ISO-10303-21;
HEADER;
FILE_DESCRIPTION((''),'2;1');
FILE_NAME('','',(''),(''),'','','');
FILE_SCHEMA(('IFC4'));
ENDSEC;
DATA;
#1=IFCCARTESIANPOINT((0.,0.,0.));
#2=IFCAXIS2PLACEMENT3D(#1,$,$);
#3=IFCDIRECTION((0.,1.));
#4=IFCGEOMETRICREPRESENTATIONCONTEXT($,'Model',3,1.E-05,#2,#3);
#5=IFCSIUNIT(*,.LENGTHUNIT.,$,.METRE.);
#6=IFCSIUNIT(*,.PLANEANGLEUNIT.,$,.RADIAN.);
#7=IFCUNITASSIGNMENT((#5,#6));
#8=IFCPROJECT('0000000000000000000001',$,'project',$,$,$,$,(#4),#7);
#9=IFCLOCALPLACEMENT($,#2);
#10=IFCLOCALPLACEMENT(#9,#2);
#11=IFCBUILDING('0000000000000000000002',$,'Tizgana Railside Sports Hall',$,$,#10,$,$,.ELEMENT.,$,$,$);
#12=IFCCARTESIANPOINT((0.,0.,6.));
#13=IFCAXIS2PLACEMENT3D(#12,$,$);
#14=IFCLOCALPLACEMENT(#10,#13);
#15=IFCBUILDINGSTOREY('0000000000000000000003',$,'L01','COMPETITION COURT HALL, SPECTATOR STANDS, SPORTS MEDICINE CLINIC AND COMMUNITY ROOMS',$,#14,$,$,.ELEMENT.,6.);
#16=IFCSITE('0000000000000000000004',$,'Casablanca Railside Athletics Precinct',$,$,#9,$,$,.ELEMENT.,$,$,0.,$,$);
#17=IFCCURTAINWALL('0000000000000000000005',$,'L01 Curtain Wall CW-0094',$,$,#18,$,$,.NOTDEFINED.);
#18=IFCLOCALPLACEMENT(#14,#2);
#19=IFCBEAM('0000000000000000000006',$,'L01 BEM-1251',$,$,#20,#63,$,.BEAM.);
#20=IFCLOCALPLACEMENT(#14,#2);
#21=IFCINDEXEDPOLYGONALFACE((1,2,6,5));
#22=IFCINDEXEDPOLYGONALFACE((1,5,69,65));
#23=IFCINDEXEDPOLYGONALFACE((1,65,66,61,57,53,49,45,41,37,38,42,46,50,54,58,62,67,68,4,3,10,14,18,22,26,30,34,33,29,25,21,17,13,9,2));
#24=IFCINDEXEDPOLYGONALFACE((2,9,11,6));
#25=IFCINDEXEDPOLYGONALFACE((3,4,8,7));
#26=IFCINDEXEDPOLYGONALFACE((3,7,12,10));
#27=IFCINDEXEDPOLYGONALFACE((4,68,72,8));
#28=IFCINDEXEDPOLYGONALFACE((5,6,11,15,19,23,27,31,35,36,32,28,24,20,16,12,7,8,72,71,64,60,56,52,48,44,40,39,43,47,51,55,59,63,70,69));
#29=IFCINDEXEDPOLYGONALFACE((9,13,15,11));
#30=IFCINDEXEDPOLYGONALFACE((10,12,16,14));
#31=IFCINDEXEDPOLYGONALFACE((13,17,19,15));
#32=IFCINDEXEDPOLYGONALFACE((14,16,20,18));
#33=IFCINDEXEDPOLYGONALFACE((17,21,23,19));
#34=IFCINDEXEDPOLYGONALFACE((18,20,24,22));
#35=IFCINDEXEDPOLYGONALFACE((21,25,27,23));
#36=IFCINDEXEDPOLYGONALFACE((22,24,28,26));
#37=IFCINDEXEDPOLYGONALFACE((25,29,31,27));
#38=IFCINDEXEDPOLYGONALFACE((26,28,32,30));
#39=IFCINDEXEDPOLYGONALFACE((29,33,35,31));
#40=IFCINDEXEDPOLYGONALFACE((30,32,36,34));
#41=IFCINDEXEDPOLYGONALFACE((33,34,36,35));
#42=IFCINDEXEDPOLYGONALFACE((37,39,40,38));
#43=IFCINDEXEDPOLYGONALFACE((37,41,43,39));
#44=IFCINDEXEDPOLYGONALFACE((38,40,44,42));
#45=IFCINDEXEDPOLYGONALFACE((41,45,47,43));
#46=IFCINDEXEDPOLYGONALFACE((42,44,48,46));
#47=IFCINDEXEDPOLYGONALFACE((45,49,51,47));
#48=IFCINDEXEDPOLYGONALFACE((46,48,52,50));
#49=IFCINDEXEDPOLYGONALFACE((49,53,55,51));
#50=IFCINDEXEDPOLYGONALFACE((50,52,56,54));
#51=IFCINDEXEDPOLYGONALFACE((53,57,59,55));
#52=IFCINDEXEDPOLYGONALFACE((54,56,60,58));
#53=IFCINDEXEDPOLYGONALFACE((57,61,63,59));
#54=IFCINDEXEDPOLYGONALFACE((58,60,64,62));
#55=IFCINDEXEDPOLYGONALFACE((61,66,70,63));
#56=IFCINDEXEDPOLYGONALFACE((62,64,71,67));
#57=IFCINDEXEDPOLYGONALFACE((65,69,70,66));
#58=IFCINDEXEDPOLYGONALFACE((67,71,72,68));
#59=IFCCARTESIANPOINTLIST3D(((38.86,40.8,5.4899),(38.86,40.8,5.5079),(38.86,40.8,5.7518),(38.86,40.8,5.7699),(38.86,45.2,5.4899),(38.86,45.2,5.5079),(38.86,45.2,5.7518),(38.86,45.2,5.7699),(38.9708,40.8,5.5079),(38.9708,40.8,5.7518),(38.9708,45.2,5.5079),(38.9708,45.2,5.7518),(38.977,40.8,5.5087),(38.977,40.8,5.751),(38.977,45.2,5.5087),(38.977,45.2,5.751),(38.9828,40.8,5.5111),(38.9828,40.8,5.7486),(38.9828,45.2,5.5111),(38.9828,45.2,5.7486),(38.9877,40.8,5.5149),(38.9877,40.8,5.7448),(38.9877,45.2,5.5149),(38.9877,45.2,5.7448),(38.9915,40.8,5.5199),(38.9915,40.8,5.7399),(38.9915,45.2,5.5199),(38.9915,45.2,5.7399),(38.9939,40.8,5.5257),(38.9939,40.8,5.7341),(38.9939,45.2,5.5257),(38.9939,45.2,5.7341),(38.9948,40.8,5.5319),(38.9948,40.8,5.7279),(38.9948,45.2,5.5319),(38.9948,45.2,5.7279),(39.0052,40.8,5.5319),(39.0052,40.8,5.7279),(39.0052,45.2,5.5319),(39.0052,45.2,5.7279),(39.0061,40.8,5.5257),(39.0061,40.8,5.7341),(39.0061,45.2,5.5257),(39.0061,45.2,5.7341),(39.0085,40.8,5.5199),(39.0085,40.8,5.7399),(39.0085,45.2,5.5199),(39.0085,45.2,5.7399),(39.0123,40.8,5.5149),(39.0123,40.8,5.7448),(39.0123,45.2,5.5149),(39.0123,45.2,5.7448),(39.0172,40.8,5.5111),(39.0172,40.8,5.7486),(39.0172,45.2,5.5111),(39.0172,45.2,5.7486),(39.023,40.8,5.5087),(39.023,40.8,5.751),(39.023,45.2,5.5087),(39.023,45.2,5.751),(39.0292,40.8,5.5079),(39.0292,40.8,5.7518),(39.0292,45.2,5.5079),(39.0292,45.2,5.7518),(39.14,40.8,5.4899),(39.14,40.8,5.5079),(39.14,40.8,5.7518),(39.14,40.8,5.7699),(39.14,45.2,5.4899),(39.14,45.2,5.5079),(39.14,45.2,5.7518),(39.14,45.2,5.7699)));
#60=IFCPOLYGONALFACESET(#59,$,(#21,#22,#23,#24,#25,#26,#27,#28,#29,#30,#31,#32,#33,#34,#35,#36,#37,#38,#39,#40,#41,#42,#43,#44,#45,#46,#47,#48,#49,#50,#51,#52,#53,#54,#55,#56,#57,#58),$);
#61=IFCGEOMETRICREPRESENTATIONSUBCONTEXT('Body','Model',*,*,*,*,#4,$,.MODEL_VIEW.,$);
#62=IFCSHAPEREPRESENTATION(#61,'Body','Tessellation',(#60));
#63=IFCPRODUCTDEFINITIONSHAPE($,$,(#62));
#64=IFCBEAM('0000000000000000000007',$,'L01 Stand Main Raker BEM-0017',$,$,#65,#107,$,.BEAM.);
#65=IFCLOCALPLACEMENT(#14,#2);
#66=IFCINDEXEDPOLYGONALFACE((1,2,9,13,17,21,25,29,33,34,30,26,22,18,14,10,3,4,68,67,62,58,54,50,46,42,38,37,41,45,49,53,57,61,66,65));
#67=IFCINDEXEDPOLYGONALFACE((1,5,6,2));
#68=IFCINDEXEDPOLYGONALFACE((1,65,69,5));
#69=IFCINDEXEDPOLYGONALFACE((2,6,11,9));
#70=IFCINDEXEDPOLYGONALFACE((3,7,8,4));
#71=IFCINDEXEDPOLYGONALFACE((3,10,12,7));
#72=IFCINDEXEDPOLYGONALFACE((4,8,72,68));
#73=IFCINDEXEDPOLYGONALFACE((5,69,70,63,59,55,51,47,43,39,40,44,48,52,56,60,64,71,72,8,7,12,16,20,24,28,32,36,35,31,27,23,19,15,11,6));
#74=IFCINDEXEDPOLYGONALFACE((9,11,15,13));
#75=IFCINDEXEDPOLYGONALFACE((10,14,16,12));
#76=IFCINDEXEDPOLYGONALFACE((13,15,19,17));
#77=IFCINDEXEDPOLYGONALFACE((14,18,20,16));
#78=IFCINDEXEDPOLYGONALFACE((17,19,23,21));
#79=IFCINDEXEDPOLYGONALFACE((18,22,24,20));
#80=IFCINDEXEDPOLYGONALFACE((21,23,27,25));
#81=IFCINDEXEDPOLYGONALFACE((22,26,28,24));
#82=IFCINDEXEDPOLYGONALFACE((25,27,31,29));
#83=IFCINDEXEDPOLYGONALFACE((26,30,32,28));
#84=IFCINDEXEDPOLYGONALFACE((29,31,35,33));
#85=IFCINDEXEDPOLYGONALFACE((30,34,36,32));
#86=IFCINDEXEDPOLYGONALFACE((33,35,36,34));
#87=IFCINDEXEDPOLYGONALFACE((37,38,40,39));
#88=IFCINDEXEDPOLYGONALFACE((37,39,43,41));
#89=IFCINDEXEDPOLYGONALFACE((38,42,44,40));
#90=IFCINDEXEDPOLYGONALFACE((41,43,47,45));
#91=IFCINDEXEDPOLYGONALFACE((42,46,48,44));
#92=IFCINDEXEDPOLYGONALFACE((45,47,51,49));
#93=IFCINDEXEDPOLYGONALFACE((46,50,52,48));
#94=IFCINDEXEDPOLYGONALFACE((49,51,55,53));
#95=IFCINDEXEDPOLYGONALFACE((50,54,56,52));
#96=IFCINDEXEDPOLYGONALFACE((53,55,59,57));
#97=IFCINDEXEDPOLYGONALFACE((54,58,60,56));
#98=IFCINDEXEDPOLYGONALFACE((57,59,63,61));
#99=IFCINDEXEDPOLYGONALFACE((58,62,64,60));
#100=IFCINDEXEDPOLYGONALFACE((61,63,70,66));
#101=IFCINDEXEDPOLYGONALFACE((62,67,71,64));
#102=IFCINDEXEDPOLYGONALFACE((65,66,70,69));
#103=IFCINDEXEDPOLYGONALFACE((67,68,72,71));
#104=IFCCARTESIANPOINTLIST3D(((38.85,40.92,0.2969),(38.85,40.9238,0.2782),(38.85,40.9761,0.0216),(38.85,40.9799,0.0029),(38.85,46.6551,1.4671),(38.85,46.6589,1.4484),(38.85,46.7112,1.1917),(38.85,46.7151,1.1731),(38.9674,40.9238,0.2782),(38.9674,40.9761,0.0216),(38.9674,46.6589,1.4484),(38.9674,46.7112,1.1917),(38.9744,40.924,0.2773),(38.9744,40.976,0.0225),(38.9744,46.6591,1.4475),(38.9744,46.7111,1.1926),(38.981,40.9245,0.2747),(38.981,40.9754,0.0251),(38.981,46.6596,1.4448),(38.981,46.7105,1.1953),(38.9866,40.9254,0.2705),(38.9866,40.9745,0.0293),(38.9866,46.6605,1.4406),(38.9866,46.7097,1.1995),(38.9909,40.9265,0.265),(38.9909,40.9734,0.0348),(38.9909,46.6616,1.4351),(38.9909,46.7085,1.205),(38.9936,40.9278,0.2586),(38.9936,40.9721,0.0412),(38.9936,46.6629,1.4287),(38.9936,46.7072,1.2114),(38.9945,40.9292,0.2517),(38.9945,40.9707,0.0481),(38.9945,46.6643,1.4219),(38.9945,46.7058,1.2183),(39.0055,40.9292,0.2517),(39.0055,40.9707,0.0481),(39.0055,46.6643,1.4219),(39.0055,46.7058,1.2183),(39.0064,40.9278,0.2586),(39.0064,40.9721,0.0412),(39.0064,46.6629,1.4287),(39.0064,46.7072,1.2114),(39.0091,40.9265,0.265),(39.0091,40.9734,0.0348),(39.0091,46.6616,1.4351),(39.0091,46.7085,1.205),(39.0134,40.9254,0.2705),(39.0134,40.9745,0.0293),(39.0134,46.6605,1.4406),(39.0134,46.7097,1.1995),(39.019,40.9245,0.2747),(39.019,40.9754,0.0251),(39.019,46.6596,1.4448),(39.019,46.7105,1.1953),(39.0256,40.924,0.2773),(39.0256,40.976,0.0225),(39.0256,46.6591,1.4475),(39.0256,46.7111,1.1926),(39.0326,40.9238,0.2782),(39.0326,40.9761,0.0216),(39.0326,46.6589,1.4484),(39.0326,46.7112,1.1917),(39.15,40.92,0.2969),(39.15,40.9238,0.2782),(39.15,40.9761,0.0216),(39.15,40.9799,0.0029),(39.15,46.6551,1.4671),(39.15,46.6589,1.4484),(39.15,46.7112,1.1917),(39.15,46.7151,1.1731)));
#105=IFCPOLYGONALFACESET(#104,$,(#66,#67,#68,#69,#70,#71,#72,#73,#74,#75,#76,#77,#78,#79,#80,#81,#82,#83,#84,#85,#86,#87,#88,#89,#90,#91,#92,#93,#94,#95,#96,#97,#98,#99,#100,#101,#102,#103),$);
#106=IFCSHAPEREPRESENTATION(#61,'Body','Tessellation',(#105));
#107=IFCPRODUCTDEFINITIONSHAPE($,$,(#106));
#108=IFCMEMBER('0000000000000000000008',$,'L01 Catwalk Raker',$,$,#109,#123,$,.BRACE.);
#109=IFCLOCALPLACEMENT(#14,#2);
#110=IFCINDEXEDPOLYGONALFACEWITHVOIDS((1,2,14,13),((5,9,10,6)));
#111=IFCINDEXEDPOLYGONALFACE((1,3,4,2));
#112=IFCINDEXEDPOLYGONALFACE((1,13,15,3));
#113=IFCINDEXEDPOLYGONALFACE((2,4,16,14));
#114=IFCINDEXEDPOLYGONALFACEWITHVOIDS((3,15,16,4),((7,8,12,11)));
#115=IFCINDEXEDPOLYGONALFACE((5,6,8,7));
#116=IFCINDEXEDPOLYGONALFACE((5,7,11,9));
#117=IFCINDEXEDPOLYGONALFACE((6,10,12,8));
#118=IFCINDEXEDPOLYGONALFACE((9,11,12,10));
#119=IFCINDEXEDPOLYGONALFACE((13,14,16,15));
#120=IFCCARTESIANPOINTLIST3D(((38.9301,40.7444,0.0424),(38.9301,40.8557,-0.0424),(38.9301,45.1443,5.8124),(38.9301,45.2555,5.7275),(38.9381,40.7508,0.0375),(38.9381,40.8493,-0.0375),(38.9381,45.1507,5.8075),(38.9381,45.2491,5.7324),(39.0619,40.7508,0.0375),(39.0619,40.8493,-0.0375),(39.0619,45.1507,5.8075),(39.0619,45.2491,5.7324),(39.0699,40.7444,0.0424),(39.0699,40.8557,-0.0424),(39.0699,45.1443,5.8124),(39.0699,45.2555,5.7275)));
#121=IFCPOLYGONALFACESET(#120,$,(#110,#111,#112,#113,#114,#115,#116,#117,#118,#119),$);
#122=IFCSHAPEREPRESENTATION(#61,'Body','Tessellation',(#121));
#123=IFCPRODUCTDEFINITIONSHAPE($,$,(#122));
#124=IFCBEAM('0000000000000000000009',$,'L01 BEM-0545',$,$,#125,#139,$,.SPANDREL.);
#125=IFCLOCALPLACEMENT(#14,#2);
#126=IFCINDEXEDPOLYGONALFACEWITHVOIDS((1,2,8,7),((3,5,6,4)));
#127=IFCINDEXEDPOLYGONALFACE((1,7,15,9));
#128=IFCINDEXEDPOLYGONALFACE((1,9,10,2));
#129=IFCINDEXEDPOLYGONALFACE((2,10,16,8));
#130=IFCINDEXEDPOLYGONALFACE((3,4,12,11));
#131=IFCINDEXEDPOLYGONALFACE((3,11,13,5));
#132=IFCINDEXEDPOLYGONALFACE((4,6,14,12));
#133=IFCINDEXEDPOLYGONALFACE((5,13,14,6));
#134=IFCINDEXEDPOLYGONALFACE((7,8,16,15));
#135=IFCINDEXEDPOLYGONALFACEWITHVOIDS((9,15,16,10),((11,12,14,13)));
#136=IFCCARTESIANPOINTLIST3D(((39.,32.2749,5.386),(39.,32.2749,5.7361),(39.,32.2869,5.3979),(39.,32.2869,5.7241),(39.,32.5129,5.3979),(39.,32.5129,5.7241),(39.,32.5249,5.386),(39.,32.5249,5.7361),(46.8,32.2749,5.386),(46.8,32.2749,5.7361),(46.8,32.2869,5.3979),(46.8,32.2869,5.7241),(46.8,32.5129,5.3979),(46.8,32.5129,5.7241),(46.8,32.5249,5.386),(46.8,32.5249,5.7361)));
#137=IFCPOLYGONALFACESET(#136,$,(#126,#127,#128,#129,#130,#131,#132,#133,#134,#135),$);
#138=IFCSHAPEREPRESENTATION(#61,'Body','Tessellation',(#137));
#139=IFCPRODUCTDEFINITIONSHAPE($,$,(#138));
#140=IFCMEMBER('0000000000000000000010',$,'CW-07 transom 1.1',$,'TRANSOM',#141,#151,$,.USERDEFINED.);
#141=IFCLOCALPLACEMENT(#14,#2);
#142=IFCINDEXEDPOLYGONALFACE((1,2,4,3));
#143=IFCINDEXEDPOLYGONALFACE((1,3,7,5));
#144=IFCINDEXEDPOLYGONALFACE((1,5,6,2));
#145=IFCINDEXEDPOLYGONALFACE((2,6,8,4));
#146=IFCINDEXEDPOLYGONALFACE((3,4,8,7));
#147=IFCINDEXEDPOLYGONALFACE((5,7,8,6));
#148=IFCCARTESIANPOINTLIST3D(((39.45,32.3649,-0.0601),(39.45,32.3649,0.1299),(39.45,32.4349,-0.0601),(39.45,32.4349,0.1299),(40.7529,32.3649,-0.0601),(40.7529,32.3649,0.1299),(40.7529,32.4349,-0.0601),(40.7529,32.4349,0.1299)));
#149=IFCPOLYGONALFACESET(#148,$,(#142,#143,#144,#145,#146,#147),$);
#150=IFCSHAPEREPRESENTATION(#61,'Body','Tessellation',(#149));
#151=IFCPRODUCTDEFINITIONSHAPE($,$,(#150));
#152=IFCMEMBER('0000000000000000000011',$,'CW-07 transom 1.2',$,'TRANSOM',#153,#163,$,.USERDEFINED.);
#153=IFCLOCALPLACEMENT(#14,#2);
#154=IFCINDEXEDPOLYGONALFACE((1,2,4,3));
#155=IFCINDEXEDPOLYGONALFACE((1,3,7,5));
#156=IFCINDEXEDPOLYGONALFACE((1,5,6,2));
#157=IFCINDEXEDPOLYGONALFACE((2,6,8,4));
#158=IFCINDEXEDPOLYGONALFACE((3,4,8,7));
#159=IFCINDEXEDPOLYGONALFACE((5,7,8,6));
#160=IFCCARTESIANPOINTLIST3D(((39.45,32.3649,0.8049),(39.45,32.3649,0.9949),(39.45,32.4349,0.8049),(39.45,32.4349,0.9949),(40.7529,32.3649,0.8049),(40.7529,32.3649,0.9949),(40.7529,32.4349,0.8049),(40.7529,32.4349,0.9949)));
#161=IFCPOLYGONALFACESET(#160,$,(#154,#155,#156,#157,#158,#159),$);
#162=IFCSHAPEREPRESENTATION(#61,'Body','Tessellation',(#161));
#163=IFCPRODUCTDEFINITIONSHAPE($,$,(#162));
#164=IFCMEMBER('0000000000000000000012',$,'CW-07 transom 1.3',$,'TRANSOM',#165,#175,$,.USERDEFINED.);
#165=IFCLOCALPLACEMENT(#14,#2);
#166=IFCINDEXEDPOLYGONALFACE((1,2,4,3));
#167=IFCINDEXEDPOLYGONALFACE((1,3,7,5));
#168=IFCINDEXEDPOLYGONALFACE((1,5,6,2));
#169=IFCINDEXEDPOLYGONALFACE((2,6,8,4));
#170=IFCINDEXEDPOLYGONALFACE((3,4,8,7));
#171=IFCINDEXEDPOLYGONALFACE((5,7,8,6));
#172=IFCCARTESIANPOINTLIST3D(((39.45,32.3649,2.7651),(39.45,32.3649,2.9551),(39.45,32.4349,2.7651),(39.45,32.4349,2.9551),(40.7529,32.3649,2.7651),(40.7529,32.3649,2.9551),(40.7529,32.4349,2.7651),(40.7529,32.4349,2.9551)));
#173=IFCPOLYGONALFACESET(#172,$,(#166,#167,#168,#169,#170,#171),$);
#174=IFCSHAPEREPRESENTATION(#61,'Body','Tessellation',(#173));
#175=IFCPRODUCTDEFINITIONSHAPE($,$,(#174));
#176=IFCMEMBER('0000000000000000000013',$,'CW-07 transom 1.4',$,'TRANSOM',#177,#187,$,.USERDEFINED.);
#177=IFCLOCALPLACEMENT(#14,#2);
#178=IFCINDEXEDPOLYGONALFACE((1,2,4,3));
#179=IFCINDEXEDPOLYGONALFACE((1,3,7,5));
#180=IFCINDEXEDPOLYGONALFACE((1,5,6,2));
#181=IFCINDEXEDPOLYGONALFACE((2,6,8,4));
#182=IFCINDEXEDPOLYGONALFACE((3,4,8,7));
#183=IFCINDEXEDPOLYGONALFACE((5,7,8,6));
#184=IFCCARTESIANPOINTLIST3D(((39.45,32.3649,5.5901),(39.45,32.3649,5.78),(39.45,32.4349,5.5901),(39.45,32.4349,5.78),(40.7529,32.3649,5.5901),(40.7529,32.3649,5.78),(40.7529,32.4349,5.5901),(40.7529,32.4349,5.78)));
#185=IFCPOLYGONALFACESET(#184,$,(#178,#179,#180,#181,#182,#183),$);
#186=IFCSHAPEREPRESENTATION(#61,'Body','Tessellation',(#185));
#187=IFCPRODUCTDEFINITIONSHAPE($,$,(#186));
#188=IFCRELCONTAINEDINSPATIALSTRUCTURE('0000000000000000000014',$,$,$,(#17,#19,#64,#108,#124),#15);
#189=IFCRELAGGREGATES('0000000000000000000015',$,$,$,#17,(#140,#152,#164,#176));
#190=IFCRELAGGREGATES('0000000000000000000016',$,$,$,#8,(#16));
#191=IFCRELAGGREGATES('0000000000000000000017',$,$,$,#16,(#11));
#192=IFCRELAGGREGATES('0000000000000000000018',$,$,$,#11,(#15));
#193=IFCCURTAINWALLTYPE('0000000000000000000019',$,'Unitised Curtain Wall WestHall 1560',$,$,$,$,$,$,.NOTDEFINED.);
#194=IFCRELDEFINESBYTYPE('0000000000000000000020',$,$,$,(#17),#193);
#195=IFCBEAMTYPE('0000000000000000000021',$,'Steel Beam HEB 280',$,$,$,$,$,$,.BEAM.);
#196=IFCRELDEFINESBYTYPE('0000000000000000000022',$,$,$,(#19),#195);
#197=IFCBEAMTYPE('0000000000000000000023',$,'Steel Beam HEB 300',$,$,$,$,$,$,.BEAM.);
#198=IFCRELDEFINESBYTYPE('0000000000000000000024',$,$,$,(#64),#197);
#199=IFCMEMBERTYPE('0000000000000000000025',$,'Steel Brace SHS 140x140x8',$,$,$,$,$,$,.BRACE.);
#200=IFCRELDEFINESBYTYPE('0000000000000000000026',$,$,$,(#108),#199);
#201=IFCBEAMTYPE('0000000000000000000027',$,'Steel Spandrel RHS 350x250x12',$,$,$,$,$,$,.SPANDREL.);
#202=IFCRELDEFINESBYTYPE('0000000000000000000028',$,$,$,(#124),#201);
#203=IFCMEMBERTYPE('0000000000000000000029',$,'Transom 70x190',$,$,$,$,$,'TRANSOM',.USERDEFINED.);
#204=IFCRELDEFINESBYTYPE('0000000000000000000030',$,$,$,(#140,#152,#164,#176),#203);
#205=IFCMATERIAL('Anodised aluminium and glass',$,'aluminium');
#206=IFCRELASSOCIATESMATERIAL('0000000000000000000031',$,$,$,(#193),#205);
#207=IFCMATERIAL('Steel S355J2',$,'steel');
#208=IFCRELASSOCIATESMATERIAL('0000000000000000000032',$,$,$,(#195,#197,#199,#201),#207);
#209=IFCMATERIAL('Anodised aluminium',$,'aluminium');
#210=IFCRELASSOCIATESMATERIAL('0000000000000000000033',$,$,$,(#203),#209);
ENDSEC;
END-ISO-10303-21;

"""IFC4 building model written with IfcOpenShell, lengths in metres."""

from ifc_helpers import new_model, si_unit, direction, frame, origin, origin_2d, place, context, subcontext, project, spatial, rectangle, hollow_rectangle, i_section, extrude, material, material_profile, profile_set, type_object, element, aggregate, save


model = new_model("IFC4")

# Units and contexts
model_context = context("Model", 3, precision=1e-05, world=origin(), true_north=direction((0.0, 1.0)))
body_context = subcontext(model_context, "Body", "Model", "MODEL_VIEW")
ifc_project = project(units=[si_unit("LENGTHUNIT", "METRE"), si_unit("PLANEANGLEUNIT", "RADIAN")], contexts=[model_context])

# Site, building, storey
site_placement = place(None, origin())
site = spatial("IfcSite", under=ifc_project, at=site_placement, Name="Casablanca Railside Athletics Precinct", CompositionType="ELEMENT", RefElevation=0.0)
building_placement = place(site_placement, origin())
building = spatial("IfcBuilding", under=site, at=building_placement, Name="Tizgana Railside Sports Hall", CompositionType="ELEMENT")
storey_placement = place(building_placement, frame((0.0, 0.0, 6.0)))
storey = spatial("IfcBuildingStorey", under=building, at=storey_placement, Name="L01", Description="COMPETITION COURT HALL, SPECTATOR STANDS, SPORTS MEDICINE CLINIC AND COMMUNITY ROOMS", CompositionType="ELEMENT", Elevation=6.0)

# Curtain wall
ifc_material_1 = material(Name="Anodised aluminium and glass", Category="aluminium")
curtain_wall_type = type_object("IfcCurtainWallType", Name="Unitised Curtain Wall WestHall 1560", PredefinedType="NOTDEFINED", material=ifc_material_1)
curtain_wall_placement = place(storey_placement, origin())
curtain_wall = element("IfcCurtainWall", 1, at=curtain_wall_placement, inside=storey, type_object=curtain_wall_type, Name="L01 Curtain Wall CW-0094", PredefinedType="NOTDEFINED")
ifc_material_2 = material(Name="Anodised aluminium", Category="aluminium")

# Beams
ifc_material_3 = material(Name="Steel S355J2", Category="steel")
ifc_material_profile_1 = material_profile(ifc_material_3, i_section(OverallWidth=0.28, OverallDepth=0.28, WebThickness=0.0105, FlangeThickness=0.0181, FilletRadius=0.0239, at=origin_2d()), Name="HEB 280")
ifc_profile_set_1 = profile_set([ifc_material_profile_1], Name="Steel S355J2")
beam_type_1 = type_object("IfcBeamType", Name="Steel Beam HEB 280", PredefinedType="BEAM", material=ifc_profile_set_1)
beam_1_placement = place(storey_placement, frame((39.0, 40.8, 5.6299), z_axis=(0.0, 1.0, 0.0), x_axis=(-1.0, 0.0, 0.0)))
element("IfcBeam", 2, at=beam_1_placement, inside=storey, type_object=beam_type_1, Name="L01 BEM-1251", PredefinedType="BEAM", context=body_context, shape_type="SweptSolid", body=[
    extrude(i_section(OverallWidth=0.28, OverallDepth=0.28, WebThickness=0.0105, FlangeThickness=0.0181, FilletRadius=0.0239, at=origin_2d()), origin(), (0.0, 0.0, 1.0), 4.3999),
])
ifc_material_profile_2 = material_profile(ifc_material_3, i_section(OverallWidth=0.3, OverallDepth=0.3, WebThickness=0.011, FlangeThickness=0.019, FilletRadius=0.0271, at=origin_2d()), Name="HEB 300")
ifc_profile_set_2 = profile_set([ifc_material_profile_2], Name="Steel S355J2")
beam_type_2 = type_object("IfcBeamType", Name="Steel Beam HEB 300", PredefinedType="BEAM", material=ifc_profile_set_2)
beam_2_placement = place(storey_placement, frame((39.0, 40.95, 0.1499), z_axis=(0.0, 0.979813, 0.199917), x_axis=(-1.0, 0.0, 0.0)))
element("IfcBeam", 3, at=beam_2_placement, inside=storey, type_object=beam_type_2, Name="L01 Stand Main Raker BEM-0017", PredefinedType="BEAM", context=body_context, shape_type="SweptSolid", body=[
    extrude(i_section(OverallWidth=0.3, OverallDepth=0.3, WebThickness=0.011, FlangeThickness=0.019, FilletRadius=0.0271, at=origin_2d()), origin(), (0.0, 0.0, 1.0), 5.8533),
])

# Member
ifc_material_profile_3 = material_profile(ifc_material_3, hollow_rectangle(XDim=0.1399, YDim=0.1399, WallThickness=0.0081, at=origin_2d()), Name="SHS 140x140x8")
ifc_profile_set_3 = profile_set([ifc_material_profile_3], Name="Steel S355J2")
member_type_1 = type_object("IfcMemberType", Name="Steel Brace SHS 140x140x8", PredefinedType="BRACE", material=ifc_profile_set_3)
member_1_placement = place(storey_placement, frame((39.0, 40.8, 0.0), z_axis=(0.0, 0.606366, 0.795186), x_axis=(-1.0, 0.0, 0.0)))
element("IfcMember", 4, at=member_1_placement, inside=storey, type_object=member_type_1, Name="L01 Catwalk Raker", PredefinedType="BRACE", context=body_context, shape_type="SweptSolid", body=[
    extrude(hollow_rectangle(XDim=0.1399, YDim=0.1399, WallThickness=0.0081, at=origin_2d()), origin(), (0.0, 0.0, 1.0), 7.2561),
])

# Beam
ifc_material_profile_4 = material_profile(ifc_material_3, hollow_rectangle(XDim=0.25, YDim=0.3501, WallThickness=0.012, at=origin_2d()), Name="RHS 350x250x12")
ifc_profile_set_4 = profile_set([ifc_material_profile_4], Name="Steel S355J2")
beam_type_3 = type_object("IfcBeamType", Name="Steel Spandrel RHS 350x250x12", PredefinedType="SPANDREL", material=ifc_profile_set_4)
beam_3_placement = place(storey_placement, frame((39.0, 32.3999, 5.561), z_axis=(1.0, 0.0, 0.0), x_axis=(0.0, 1.0, 0.0)))
element("IfcBeam", 5, at=beam_3_placement, inside=storey, type_object=beam_type_3, Name="L01 BEM-0545", PredefinedType="SPANDREL", context=body_context, shape_type="SweptSolid", body=[
    extrude(hollow_rectangle(XDim=0.25, YDim=0.3501, WallThickness=0.012, at=origin_2d()), origin(), (0.0, 0.0, 1.0), 7.8),
])

# Members
ifc_material_profile_5 = material_profile(ifc_material_2, rectangle(XDim=0.0701, YDim=0.1899, at=origin_2d()), Name="Transom 70x190")
ifc_profile_set_5 = profile_set([ifc_material_profile_5], Name="Anodised aluminium")
member_type_2 = type_object("IfcMemberType", Name="Transom 70x190", ElementType="TRANSOM", PredefinedType="USERDEFINED", material=ifc_profile_set_5)
member_2_placement = place(storey_placement, frame((39.45, 32.3999, 0.0349), z_axis=(1.0, 0.0, 0.0), x_axis=(0.0, 1.0, 0.0)))
member_2 = element("IfcMember", 6, at=member_2_placement, type_object=member_type_2, Name="CW-07 transom 1.1", ObjectType="TRANSOM", PredefinedType="USERDEFINED", context=body_context, shape_type="SweptSolid", body=[
    extrude(rectangle(XDim=0.0701, YDim=0.1899, at=origin_2d()), origin(), (0.0, 0.0, 1.0), 1.303),
])
member_3_placement = place(storey_placement, frame((39.45, 32.3999, 0.8999), z_axis=(1.0, 0.0, 0.0), x_axis=(0.0, 1.0, 0.0)))
member_3 = element("IfcMember", 7, at=member_3_placement, type_object=member_type_2, Name="CW-07 transom 1.2", ObjectType="TRANSOM", PredefinedType="USERDEFINED", context=body_context, shape_type="SweptSolid", body=[
    extrude(rectangle(XDim=0.0701, YDim=0.1899, at=origin_2d()), origin(), (0.0, 0.0, 1.0), 1.303),
])
member_4_placement = place(storey_placement, frame((39.45, 32.3999, 2.8601), z_axis=(1.0, 0.0, 0.0), x_axis=(0.0, 1.0, 0.0)))
member_4 = element("IfcMember", 8, at=member_4_placement, type_object=member_type_2, Name="CW-07 transom 1.3", ObjectType="TRANSOM", PredefinedType="USERDEFINED", context=body_context, shape_type="SweptSolid", body=[
    extrude(rectangle(XDim=0.0701, YDim=0.1899, at=origin_2d()), origin(), (0.0, 0.0, 1.0), 1.303),
])
member_5_placement = place(storey_placement, frame((39.45, 32.3999, 5.6851), z_axis=(1.0, 0.0, 0.0), x_axis=(0.0, 1.0, 0.0)))
member_5 = element("IfcMember", 9, at=member_5_placement, type_object=member_type_2, Name="CW-07 transom 1.4", ObjectType="TRANSOM", PredefinedType="USERDEFINED", context=body_context, shape_type="SweptSolid", body=[
    extrude(rectangle(XDim=0.0701, YDim=0.1899, at=origin_2d()), origin(), (0.0, 0.0, 1.0), 1.303),
])

aggregate(curtain_wall, [member_2, member_3, member_4, member_5])

save(model, "model.ifc")
